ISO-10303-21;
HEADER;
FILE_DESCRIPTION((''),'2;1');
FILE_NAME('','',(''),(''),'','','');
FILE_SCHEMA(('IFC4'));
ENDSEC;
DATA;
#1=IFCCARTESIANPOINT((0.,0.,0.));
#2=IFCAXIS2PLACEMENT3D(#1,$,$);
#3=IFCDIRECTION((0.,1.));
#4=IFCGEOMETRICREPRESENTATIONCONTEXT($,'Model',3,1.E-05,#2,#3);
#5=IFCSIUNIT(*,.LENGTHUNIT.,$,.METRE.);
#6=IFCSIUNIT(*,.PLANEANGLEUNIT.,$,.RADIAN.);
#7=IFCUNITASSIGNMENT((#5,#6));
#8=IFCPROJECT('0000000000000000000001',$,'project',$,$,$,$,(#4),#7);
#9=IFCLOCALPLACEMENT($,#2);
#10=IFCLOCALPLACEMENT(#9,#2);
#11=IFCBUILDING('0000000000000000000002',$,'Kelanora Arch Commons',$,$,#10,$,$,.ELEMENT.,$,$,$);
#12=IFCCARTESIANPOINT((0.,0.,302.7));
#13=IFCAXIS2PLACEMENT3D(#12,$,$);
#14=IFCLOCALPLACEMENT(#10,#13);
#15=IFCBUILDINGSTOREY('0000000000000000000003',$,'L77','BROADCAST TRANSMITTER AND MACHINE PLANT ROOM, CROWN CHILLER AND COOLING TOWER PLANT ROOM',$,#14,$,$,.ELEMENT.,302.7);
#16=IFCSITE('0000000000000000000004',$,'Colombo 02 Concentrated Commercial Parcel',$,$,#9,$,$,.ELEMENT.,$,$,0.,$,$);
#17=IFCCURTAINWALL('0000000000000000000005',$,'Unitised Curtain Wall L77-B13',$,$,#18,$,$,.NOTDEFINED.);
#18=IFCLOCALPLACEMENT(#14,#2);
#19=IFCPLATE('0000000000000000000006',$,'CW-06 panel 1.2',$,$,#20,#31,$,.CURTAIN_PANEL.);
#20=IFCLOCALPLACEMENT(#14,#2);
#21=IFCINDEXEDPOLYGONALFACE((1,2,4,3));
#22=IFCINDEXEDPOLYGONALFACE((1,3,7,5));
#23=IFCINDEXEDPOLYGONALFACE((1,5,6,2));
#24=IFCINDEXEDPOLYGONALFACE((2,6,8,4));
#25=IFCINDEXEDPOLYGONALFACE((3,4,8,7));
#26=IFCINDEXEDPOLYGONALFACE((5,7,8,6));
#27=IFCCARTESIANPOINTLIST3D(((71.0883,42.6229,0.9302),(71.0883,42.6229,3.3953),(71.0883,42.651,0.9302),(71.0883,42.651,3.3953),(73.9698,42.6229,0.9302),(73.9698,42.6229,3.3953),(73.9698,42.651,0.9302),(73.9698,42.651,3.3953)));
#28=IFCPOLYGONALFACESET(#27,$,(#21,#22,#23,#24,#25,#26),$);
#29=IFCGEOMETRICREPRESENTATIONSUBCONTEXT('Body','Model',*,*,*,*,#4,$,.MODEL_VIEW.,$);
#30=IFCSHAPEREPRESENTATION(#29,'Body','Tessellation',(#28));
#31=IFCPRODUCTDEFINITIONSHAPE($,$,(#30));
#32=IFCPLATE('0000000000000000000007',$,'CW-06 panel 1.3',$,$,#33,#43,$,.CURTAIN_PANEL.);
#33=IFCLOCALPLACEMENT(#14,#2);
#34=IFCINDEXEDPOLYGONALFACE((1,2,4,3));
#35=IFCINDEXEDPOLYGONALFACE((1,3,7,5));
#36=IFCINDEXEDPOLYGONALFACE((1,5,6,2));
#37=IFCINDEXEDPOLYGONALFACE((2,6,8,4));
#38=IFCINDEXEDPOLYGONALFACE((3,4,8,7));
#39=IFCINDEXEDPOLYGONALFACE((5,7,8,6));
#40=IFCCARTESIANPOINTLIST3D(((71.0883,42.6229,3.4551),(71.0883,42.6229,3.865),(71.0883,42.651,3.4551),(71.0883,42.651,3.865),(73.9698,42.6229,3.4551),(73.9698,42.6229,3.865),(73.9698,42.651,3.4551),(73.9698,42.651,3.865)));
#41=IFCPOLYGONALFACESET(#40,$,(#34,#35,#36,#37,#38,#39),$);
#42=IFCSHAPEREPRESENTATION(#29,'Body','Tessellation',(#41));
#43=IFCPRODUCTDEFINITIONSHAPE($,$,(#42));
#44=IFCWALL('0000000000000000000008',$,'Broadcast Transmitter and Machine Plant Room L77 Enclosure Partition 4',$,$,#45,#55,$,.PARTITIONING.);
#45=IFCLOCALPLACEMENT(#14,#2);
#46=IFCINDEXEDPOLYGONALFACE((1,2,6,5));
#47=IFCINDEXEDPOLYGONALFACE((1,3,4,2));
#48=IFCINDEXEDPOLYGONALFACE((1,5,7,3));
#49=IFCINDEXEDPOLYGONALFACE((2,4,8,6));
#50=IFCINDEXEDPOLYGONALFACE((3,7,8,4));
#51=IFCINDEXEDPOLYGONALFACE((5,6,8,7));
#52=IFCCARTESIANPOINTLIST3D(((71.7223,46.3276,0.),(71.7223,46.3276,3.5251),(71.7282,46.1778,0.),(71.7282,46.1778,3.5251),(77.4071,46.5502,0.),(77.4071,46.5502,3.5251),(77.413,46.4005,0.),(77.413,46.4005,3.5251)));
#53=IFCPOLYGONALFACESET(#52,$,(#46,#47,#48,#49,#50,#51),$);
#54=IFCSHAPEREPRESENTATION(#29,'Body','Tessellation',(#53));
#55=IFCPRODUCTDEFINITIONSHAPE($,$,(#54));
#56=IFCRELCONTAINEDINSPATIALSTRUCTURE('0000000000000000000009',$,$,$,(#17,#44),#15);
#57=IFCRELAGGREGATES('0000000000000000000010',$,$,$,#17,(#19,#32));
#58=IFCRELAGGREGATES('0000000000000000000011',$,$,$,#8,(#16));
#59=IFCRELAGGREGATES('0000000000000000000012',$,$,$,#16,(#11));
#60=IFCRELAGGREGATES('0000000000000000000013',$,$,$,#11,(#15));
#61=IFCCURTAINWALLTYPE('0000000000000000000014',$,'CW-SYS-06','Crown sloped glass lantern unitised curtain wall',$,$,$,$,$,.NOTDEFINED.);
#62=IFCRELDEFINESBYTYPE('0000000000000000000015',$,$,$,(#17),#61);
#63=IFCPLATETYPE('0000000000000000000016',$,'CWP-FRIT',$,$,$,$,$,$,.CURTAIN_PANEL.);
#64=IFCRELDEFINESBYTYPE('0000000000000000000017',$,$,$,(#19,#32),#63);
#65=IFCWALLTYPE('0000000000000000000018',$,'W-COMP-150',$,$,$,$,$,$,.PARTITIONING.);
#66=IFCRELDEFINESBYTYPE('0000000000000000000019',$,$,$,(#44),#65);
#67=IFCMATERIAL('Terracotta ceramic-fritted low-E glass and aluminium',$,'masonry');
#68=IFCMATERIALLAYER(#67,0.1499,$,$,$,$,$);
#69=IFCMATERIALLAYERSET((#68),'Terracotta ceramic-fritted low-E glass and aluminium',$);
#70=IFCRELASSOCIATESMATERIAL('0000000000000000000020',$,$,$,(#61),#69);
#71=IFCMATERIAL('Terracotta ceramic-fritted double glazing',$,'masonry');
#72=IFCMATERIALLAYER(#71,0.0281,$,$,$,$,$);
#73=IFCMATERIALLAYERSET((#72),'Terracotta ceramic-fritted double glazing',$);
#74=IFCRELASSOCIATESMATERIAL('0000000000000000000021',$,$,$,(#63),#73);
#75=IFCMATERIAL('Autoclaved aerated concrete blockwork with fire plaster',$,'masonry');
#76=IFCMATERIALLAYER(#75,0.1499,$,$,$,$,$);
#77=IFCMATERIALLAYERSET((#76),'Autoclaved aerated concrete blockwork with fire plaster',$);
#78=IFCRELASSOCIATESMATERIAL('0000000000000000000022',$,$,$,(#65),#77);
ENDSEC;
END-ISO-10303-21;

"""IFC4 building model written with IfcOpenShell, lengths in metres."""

from ifc_helpers import new_model, si_unit, direction, frame, frame_2d, origin, origin_2d, place, context, subcontext, project, spatial, rectangle, extrude, source, transform, mapped, material, layer, layer_set, type_object, element, aggregate, save


model = new_model("IFC4")

# Units and contexts
model_context = context("Model", 3, precision=1e-05, world=origin(), true_north=direction((0.0, 1.0)))
body_context = subcontext(model_context, "Body", "Model", "MODEL_VIEW")
ifc_project = project(units=[si_unit("LENGTHUNIT", "METRE"), si_unit("PLANEANGLEUNIT", "RADIAN")], contexts=[model_context])

# Site, building, storey
site_placement = place(None, origin())
site = spatial("IfcSite", under=ifc_project, at=site_placement, Name="Colombo 02 Concentrated Commercial Parcel", CompositionType="ELEMENT", RefElevation=0.0)
building_placement = place(site_placement, origin())
building = spatial("IfcBuilding", under=site, at=building_placement, Name="Kelanora Arch Commons", CompositionType="ELEMENT")
storey_placement = place(building_placement, frame((0.0, 0.0, 302.7)))
storey = spatial("IfcBuildingStorey", under=building, at=storey_placement, Name="L77", Description="BROADCAST TRANSMITTER AND MACHINE PLANT ROOM, CROWN CHILLER AND COOLING TOWER PLANT ROOM", CompositionType="ELEMENT", Elevation=302.7)

# Curtain wall
ifc_material_1 = material(Name="Terracotta ceramic-fritted low-E glass and aluminium", Category="masonry")
ifc_layer_1 = layer(ifc_material_1, 0.1499)
ifc_layer_set_1 = layer_set([ifc_layer_1], Name="Terracotta ceramic-fritted low-E glass and aluminium")
curtain_wall_type = type_object("IfcCurtainWallType", Name="CW-SYS-06", Description="Crown sloped glass lantern unitised curtain wall", PredefinedType="NOTDEFINED", material=ifc_layer_set_1)
curtain_wall_1_placement = place(storey_placement, origin())
curtain_wall_1 = element("IfcCurtainWall", 1, at=curtain_wall_1_placement, inside=storey, type_object=curtain_wall_type, Name="Unitised Curtain Wall L77-B13", PredefinedType="NOTDEFINED")

# Plates
ifc_material_2 = material(Name="Terracotta ceramic-fritted double glazing", Category="masonry")
ifc_layer_2 = layer(ifc_material_2, 0.0281)
ifc_layer_set_2 = layer_set([ifc_layer_2], Name="Terracotta ceramic-fritted double glazing")
plate_type = type_object("IfcPlateType", Name="CWP-FRIT", PredefinedType="CURTAIN_PANEL", material=ifc_layer_set_2)
shared_shape_1 = source(origin(), body_context, "Body", "SweptSolid", [
    extrude(rectangle(XDim=2.8816, YDim=0.0281, at=origin_2d()), origin(), (0.0, 0.0, 1.0), 2.4651),
])
plate_1_placement = place(storey_placement, frame((72.5291, 42.637, 0.9302), z_axis=(0.0, 0.0, 1.0), x_axis=(1.0, 0.0, 0.0)))
plate_1 = element("IfcPlate", 2, at=plate_1_placement, type_object=plate_type, Name="CW-06 panel 1.2", PredefinedType="CURTAIN_PANEL", context=body_context, shape_type="MappedRepresentation", body=[
    mapped(shared_shape_1, transform((0.0, 0.0, 0.0), scale=1.0)),
])
shared_shape_2 = source(origin(), body_context, "Body", "SweptSolid", [
    extrude(rectangle(XDim=2.8816, YDim=0.0281, at=origin_2d()), origin(), (0.0, 0.0, 1.0), 0.4099),
])
plate_2_placement = place(storey_placement, frame((72.5291, 42.637, 3.4551), z_axis=(0.0, 0.0, 1.0), x_axis=(1.0, 0.0, 0.0)))
plate_2 = element("IfcPlate", 3, at=plate_2_placement, type_object=plate_type, Name="CW-06 panel 1.3", PredefinedType="CURTAIN_PANEL", context=body_context, shape_type="MappedRepresentation", body=[
    mapped(shared_shape_2, transform((0.0, 0.0, 0.0), scale=1.0)),
])
aggregate(curtain_wall_1, [plate_1, plate_2])

# Wall
ifc_material_3 = material(Name="Autoclaved aerated concrete blockwork with fire plaster", Category="masonry")
ifc_layer_3 = layer(ifc_material_3, 0.1499)
ifc_layer_set_3 = layer_set([ifc_layer_3], Name="Autoclaved aerated concrete blockwork with fire plaster")
wall_type = type_object("IfcWallType", Name="W-COMP-150", PredefinedType="PARTITIONING", material=ifc_layer_set_3)
wall_placement = place(storey_placement, frame((71.7251, 46.2527, 0.0), z_axis=(0.0, 0.0, 1.0), x_axis=(0.999234, 0.039137, 0.0)))
element("IfcWall", 4, at=wall_placement, inside=storey, type_object=wall_type, Name="Broadcast Transmitter and Machine Plant Room L77 Enclosure Partition 4", PredefinedType="PARTITIONING", context=body_context, shape_type="SweptSolid", body=[
    extrude(rectangle(XDim=5.6892, YDim=0.1499, at=frame_2d((2.8447, 0.0))), origin(), (0.0, 0.0, 1.0), 3.5251),
])

save(model, "model.ifc")
